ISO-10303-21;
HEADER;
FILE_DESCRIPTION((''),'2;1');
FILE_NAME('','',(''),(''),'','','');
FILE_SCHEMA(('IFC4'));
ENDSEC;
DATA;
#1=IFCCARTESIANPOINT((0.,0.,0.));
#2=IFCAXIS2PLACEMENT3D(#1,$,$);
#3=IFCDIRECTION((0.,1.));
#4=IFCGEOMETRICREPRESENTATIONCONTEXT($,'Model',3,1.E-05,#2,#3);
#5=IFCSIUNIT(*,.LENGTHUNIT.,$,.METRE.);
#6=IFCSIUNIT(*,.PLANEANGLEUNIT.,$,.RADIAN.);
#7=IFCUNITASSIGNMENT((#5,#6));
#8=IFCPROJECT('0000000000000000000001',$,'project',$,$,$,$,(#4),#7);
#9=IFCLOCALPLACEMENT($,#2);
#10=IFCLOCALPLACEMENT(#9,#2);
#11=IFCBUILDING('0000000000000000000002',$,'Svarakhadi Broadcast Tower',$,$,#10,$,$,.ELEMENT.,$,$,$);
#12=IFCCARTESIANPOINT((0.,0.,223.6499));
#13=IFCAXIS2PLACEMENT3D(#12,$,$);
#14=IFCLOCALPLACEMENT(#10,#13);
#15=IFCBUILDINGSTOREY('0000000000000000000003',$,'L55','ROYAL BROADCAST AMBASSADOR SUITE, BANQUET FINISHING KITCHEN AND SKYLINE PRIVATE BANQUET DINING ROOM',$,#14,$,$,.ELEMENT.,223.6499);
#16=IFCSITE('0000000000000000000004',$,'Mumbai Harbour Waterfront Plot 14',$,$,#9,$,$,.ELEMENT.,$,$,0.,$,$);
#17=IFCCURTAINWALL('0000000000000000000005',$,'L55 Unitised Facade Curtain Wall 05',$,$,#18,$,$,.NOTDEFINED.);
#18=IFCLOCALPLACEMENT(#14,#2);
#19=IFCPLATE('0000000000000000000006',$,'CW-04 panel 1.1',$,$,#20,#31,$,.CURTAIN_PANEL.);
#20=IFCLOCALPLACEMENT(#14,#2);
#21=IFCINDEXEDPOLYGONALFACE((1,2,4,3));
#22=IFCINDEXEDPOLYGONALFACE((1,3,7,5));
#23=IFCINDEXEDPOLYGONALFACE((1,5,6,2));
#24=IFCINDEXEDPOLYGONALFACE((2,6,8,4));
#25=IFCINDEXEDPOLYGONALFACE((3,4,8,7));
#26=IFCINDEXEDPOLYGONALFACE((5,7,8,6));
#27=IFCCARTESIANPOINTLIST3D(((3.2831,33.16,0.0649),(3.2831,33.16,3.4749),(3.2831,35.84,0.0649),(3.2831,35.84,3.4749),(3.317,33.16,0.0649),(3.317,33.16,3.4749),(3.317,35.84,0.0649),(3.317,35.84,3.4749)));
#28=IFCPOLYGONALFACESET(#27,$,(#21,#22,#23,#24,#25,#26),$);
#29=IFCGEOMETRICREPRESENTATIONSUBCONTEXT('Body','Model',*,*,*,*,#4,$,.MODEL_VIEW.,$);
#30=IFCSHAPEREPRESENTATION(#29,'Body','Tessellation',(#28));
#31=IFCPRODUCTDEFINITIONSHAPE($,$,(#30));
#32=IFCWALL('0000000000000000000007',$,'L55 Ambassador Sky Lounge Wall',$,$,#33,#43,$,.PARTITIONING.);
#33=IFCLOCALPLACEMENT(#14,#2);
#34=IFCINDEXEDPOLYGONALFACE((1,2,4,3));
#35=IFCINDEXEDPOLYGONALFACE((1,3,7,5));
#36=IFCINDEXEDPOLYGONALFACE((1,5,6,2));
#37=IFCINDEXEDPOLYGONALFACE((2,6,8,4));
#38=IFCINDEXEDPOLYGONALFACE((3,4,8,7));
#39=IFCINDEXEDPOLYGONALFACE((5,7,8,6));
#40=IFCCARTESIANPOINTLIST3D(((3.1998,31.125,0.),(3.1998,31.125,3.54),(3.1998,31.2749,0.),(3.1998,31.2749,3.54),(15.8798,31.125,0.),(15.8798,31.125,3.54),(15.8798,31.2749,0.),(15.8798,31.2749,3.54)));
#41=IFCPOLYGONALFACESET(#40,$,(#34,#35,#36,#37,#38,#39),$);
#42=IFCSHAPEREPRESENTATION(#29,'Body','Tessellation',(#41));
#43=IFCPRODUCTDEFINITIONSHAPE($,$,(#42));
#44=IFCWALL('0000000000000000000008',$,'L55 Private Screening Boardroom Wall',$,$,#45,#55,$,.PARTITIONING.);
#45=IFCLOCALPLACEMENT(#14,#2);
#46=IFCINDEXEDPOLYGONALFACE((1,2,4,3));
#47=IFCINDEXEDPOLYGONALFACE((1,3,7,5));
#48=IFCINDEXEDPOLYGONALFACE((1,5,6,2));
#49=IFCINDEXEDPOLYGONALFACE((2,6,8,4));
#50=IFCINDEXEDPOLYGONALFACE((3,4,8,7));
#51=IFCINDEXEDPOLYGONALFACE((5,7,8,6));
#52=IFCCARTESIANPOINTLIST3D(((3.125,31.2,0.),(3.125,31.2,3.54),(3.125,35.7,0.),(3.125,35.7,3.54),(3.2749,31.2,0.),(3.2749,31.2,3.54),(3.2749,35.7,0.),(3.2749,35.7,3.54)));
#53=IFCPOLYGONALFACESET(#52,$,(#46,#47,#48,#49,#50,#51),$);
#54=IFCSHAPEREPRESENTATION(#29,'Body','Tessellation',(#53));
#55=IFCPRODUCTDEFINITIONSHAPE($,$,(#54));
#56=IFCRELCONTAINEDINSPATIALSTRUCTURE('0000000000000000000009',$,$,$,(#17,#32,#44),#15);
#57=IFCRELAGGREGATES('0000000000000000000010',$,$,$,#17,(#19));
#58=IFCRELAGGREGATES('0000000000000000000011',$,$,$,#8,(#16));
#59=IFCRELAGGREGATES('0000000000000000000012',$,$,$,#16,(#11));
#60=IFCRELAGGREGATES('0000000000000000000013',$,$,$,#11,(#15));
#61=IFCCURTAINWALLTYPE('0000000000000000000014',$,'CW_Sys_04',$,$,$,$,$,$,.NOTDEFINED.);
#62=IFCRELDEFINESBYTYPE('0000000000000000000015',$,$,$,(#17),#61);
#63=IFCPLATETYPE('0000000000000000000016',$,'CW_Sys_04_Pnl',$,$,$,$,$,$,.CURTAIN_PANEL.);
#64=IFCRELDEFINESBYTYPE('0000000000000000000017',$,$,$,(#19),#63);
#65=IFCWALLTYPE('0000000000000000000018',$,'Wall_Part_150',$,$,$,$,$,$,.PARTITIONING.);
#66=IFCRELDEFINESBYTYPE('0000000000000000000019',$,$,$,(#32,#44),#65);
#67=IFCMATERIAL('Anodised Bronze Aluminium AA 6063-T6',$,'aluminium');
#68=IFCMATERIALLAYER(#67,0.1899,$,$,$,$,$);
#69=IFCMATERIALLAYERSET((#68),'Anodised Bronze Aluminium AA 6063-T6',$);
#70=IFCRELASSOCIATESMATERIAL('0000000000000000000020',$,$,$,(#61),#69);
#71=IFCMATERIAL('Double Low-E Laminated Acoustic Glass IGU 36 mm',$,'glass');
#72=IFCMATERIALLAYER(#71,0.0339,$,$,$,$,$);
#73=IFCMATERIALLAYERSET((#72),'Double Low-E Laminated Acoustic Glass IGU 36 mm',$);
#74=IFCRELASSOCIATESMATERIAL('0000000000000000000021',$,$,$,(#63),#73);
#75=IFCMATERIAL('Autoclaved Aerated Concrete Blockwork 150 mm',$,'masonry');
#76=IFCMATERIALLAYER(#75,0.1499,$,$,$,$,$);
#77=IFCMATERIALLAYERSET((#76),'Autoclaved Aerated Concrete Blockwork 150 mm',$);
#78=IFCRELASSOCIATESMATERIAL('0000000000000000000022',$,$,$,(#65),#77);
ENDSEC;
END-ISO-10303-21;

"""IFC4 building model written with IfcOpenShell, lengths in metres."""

from ifc_helpers import new_model, si_unit, direction, frame, frame_2d, origin, origin_2d, place, context, subcontext, project, spatial, rectangle, extrude, material, layer, layer_set, type_object, element, aggregate, save


model = new_model("IFC4")

# Units and contexts
model_context = context("Model", 3, precision=1e-05, world=origin(), true_north=direction((0.0, 1.0)))
body_context = subcontext(model_context, "Body", "Model", "MODEL_VIEW")
ifc_project = project(units=[si_unit("LENGTHUNIT", "METRE"), si_unit("PLANEANGLEUNIT", "RADIAN")], contexts=[model_context])

# Site, building, storey
site_placement = place(None, origin())
site = spatial("IfcSite", under=ifc_project, at=site_placement, Name="Mumbai Harbour Waterfront Plot 14", CompositionType="ELEMENT", RefElevation=0.0)
building_placement = place(site_placement, origin())
building = spatial("IfcBuilding", under=site, at=building_placement, Name="Svarakhadi Broadcast Tower", CompositionType="ELEMENT")
storey_placement = place(building_placement, frame((0.0, 0.0, 223.6499)))
storey = spatial("IfcBuildingStorey", under=building, at=storey_placement, Name="L55", Description="ROYAL BROADCAST AMBASSADOR SUITE, BANQUET FINISHING KITCHEN AND SKYLINE PRIVATE BANQUET DINING ROOM", CompositionType="ELEMENT", Elevation=223.6499)

# Shared definitions
ifc_material_1 = material(Name="Anodised Bronze Aluminium AA 6063-T6", Category="aluminium")
ifc_layer_1 = layer(ifc_material_1, 0.1899)
ifc_layer_set_1 = layer_set([ifc_layer_1], Name="Anodised Bronze Aluminium AA 6063-T6")
curtain_wall_type = type_object("IfcCurtainWallType", Name="CW_Sys_04", PredefinedType="NOTDEFINED", material=ifc_layer_set_1)

# Curtain wall
curtain_wall_1_placement = place(storey_placement, origin())
curtain_wall_1 = element("IfcCurtainWall", 1, at=curtain_wall_1_placement, inside=storey, type_object=curtain_wall_type, Name="L55 Unitised Facade Curtain Wall 05", PredefinedType="NOTDEFINED")

# Plate
ifc_material_2 = material(Name="Double Low-E Laminated Acoustic Glass IGU 36 mm", Category="glass")
ifc_layer_2 = layer(ifc_material_2, 0.0339)
ifc_layer_set_2 = layer_set([ifc_layer_2], Name="Double Low-E Laminated Acoustic Glass IGU 36 mm")
plate_type = type_object("IfcPlateType", Name="CW_Sys_04_Pnl", PredefinedType="CURTAIN_PANEL", material=ifc_layer_set_2)
plate_1_placement = place(storey_placement, frame((3.3, 34.5, 0.0649), z_axis=(0.0, 0.0, 1.0), x_axis=(0.0, 1.0, 0.0)))
plate_1 = element("IfcPlate", 2, at=plate_1_placement, type_object=plate_type, Name="CW-04 panel 1.1", PredefinedType="CURTAIN_PANEL", context=body_context, shape_type="SweptSolid", body=[
    extrude(rectangle(XDim=2.6799, YDim=0.0339, at=origin_2d()), origin(), (0.0, 0.0, 1.0), 3.4099),
])
aggregate(curtain_wall_1, [plate_1])

# Walls
ifc_material_3 = material(Name="Autoclaved Aerated Concrete Blockwork 150 mm", Category="masonry")
ifc_layer_3 = layer(ifc_material_3, 0.1499)
ifc_layer_set_3 = layer_set([ifc_layer_3], Name="Autoclaved Aerated Concrete Blockwork 150 mm")
wall_type = type_object("IfcWallType", Name="Wall_Part_150", PredefinedType="PARTITIONING", material=ifc_layer_set_3)
wall_1_placement = place(storey_placement, frame((3.2, 31.2, 0.0), z_axis=(0.0, 0.0, 1.0), x_axis=(1.0, 0.0, 0.0)))
element("IfcWall", 3, at=wall_1_placement, inside=storey, type_object=wall_type, Name="L55 Ambassador Sky Lounge Wall", PredefinedType="PARTITIONING", context=body_context, shape_type="SweptSolid", body=[
    extrude(rectangle(XDim=12.6799, YDim=0.1499, at=frame_2d((6.3398, 0.0))), origin(), (0.0, 0.0, 1.0), 3.54),
])
wall_2_placement = place(storey_placement, frame((3.2, 31.2, 0.0), z_axis=(0.0, 0.0, 1.0), x_axis=(0.0, 1.0, 0.0)))
element("IfcWall", 4, at=wall_2_placement, inside=storey, type_object=wall_type, Name="L55 Private Screening Boardroom Wall", PredefinedType="PARTITIONING", context=body_context, shape_type="SweptSolid", body=[
    extrude(rectangle(XDim=4.5, YDim=0.1499, at=frame_2d((2.25, 0.0))), origin(), (0.0, 0.0, 1.0), 3.54),
])

save(model, "model.ifc")
